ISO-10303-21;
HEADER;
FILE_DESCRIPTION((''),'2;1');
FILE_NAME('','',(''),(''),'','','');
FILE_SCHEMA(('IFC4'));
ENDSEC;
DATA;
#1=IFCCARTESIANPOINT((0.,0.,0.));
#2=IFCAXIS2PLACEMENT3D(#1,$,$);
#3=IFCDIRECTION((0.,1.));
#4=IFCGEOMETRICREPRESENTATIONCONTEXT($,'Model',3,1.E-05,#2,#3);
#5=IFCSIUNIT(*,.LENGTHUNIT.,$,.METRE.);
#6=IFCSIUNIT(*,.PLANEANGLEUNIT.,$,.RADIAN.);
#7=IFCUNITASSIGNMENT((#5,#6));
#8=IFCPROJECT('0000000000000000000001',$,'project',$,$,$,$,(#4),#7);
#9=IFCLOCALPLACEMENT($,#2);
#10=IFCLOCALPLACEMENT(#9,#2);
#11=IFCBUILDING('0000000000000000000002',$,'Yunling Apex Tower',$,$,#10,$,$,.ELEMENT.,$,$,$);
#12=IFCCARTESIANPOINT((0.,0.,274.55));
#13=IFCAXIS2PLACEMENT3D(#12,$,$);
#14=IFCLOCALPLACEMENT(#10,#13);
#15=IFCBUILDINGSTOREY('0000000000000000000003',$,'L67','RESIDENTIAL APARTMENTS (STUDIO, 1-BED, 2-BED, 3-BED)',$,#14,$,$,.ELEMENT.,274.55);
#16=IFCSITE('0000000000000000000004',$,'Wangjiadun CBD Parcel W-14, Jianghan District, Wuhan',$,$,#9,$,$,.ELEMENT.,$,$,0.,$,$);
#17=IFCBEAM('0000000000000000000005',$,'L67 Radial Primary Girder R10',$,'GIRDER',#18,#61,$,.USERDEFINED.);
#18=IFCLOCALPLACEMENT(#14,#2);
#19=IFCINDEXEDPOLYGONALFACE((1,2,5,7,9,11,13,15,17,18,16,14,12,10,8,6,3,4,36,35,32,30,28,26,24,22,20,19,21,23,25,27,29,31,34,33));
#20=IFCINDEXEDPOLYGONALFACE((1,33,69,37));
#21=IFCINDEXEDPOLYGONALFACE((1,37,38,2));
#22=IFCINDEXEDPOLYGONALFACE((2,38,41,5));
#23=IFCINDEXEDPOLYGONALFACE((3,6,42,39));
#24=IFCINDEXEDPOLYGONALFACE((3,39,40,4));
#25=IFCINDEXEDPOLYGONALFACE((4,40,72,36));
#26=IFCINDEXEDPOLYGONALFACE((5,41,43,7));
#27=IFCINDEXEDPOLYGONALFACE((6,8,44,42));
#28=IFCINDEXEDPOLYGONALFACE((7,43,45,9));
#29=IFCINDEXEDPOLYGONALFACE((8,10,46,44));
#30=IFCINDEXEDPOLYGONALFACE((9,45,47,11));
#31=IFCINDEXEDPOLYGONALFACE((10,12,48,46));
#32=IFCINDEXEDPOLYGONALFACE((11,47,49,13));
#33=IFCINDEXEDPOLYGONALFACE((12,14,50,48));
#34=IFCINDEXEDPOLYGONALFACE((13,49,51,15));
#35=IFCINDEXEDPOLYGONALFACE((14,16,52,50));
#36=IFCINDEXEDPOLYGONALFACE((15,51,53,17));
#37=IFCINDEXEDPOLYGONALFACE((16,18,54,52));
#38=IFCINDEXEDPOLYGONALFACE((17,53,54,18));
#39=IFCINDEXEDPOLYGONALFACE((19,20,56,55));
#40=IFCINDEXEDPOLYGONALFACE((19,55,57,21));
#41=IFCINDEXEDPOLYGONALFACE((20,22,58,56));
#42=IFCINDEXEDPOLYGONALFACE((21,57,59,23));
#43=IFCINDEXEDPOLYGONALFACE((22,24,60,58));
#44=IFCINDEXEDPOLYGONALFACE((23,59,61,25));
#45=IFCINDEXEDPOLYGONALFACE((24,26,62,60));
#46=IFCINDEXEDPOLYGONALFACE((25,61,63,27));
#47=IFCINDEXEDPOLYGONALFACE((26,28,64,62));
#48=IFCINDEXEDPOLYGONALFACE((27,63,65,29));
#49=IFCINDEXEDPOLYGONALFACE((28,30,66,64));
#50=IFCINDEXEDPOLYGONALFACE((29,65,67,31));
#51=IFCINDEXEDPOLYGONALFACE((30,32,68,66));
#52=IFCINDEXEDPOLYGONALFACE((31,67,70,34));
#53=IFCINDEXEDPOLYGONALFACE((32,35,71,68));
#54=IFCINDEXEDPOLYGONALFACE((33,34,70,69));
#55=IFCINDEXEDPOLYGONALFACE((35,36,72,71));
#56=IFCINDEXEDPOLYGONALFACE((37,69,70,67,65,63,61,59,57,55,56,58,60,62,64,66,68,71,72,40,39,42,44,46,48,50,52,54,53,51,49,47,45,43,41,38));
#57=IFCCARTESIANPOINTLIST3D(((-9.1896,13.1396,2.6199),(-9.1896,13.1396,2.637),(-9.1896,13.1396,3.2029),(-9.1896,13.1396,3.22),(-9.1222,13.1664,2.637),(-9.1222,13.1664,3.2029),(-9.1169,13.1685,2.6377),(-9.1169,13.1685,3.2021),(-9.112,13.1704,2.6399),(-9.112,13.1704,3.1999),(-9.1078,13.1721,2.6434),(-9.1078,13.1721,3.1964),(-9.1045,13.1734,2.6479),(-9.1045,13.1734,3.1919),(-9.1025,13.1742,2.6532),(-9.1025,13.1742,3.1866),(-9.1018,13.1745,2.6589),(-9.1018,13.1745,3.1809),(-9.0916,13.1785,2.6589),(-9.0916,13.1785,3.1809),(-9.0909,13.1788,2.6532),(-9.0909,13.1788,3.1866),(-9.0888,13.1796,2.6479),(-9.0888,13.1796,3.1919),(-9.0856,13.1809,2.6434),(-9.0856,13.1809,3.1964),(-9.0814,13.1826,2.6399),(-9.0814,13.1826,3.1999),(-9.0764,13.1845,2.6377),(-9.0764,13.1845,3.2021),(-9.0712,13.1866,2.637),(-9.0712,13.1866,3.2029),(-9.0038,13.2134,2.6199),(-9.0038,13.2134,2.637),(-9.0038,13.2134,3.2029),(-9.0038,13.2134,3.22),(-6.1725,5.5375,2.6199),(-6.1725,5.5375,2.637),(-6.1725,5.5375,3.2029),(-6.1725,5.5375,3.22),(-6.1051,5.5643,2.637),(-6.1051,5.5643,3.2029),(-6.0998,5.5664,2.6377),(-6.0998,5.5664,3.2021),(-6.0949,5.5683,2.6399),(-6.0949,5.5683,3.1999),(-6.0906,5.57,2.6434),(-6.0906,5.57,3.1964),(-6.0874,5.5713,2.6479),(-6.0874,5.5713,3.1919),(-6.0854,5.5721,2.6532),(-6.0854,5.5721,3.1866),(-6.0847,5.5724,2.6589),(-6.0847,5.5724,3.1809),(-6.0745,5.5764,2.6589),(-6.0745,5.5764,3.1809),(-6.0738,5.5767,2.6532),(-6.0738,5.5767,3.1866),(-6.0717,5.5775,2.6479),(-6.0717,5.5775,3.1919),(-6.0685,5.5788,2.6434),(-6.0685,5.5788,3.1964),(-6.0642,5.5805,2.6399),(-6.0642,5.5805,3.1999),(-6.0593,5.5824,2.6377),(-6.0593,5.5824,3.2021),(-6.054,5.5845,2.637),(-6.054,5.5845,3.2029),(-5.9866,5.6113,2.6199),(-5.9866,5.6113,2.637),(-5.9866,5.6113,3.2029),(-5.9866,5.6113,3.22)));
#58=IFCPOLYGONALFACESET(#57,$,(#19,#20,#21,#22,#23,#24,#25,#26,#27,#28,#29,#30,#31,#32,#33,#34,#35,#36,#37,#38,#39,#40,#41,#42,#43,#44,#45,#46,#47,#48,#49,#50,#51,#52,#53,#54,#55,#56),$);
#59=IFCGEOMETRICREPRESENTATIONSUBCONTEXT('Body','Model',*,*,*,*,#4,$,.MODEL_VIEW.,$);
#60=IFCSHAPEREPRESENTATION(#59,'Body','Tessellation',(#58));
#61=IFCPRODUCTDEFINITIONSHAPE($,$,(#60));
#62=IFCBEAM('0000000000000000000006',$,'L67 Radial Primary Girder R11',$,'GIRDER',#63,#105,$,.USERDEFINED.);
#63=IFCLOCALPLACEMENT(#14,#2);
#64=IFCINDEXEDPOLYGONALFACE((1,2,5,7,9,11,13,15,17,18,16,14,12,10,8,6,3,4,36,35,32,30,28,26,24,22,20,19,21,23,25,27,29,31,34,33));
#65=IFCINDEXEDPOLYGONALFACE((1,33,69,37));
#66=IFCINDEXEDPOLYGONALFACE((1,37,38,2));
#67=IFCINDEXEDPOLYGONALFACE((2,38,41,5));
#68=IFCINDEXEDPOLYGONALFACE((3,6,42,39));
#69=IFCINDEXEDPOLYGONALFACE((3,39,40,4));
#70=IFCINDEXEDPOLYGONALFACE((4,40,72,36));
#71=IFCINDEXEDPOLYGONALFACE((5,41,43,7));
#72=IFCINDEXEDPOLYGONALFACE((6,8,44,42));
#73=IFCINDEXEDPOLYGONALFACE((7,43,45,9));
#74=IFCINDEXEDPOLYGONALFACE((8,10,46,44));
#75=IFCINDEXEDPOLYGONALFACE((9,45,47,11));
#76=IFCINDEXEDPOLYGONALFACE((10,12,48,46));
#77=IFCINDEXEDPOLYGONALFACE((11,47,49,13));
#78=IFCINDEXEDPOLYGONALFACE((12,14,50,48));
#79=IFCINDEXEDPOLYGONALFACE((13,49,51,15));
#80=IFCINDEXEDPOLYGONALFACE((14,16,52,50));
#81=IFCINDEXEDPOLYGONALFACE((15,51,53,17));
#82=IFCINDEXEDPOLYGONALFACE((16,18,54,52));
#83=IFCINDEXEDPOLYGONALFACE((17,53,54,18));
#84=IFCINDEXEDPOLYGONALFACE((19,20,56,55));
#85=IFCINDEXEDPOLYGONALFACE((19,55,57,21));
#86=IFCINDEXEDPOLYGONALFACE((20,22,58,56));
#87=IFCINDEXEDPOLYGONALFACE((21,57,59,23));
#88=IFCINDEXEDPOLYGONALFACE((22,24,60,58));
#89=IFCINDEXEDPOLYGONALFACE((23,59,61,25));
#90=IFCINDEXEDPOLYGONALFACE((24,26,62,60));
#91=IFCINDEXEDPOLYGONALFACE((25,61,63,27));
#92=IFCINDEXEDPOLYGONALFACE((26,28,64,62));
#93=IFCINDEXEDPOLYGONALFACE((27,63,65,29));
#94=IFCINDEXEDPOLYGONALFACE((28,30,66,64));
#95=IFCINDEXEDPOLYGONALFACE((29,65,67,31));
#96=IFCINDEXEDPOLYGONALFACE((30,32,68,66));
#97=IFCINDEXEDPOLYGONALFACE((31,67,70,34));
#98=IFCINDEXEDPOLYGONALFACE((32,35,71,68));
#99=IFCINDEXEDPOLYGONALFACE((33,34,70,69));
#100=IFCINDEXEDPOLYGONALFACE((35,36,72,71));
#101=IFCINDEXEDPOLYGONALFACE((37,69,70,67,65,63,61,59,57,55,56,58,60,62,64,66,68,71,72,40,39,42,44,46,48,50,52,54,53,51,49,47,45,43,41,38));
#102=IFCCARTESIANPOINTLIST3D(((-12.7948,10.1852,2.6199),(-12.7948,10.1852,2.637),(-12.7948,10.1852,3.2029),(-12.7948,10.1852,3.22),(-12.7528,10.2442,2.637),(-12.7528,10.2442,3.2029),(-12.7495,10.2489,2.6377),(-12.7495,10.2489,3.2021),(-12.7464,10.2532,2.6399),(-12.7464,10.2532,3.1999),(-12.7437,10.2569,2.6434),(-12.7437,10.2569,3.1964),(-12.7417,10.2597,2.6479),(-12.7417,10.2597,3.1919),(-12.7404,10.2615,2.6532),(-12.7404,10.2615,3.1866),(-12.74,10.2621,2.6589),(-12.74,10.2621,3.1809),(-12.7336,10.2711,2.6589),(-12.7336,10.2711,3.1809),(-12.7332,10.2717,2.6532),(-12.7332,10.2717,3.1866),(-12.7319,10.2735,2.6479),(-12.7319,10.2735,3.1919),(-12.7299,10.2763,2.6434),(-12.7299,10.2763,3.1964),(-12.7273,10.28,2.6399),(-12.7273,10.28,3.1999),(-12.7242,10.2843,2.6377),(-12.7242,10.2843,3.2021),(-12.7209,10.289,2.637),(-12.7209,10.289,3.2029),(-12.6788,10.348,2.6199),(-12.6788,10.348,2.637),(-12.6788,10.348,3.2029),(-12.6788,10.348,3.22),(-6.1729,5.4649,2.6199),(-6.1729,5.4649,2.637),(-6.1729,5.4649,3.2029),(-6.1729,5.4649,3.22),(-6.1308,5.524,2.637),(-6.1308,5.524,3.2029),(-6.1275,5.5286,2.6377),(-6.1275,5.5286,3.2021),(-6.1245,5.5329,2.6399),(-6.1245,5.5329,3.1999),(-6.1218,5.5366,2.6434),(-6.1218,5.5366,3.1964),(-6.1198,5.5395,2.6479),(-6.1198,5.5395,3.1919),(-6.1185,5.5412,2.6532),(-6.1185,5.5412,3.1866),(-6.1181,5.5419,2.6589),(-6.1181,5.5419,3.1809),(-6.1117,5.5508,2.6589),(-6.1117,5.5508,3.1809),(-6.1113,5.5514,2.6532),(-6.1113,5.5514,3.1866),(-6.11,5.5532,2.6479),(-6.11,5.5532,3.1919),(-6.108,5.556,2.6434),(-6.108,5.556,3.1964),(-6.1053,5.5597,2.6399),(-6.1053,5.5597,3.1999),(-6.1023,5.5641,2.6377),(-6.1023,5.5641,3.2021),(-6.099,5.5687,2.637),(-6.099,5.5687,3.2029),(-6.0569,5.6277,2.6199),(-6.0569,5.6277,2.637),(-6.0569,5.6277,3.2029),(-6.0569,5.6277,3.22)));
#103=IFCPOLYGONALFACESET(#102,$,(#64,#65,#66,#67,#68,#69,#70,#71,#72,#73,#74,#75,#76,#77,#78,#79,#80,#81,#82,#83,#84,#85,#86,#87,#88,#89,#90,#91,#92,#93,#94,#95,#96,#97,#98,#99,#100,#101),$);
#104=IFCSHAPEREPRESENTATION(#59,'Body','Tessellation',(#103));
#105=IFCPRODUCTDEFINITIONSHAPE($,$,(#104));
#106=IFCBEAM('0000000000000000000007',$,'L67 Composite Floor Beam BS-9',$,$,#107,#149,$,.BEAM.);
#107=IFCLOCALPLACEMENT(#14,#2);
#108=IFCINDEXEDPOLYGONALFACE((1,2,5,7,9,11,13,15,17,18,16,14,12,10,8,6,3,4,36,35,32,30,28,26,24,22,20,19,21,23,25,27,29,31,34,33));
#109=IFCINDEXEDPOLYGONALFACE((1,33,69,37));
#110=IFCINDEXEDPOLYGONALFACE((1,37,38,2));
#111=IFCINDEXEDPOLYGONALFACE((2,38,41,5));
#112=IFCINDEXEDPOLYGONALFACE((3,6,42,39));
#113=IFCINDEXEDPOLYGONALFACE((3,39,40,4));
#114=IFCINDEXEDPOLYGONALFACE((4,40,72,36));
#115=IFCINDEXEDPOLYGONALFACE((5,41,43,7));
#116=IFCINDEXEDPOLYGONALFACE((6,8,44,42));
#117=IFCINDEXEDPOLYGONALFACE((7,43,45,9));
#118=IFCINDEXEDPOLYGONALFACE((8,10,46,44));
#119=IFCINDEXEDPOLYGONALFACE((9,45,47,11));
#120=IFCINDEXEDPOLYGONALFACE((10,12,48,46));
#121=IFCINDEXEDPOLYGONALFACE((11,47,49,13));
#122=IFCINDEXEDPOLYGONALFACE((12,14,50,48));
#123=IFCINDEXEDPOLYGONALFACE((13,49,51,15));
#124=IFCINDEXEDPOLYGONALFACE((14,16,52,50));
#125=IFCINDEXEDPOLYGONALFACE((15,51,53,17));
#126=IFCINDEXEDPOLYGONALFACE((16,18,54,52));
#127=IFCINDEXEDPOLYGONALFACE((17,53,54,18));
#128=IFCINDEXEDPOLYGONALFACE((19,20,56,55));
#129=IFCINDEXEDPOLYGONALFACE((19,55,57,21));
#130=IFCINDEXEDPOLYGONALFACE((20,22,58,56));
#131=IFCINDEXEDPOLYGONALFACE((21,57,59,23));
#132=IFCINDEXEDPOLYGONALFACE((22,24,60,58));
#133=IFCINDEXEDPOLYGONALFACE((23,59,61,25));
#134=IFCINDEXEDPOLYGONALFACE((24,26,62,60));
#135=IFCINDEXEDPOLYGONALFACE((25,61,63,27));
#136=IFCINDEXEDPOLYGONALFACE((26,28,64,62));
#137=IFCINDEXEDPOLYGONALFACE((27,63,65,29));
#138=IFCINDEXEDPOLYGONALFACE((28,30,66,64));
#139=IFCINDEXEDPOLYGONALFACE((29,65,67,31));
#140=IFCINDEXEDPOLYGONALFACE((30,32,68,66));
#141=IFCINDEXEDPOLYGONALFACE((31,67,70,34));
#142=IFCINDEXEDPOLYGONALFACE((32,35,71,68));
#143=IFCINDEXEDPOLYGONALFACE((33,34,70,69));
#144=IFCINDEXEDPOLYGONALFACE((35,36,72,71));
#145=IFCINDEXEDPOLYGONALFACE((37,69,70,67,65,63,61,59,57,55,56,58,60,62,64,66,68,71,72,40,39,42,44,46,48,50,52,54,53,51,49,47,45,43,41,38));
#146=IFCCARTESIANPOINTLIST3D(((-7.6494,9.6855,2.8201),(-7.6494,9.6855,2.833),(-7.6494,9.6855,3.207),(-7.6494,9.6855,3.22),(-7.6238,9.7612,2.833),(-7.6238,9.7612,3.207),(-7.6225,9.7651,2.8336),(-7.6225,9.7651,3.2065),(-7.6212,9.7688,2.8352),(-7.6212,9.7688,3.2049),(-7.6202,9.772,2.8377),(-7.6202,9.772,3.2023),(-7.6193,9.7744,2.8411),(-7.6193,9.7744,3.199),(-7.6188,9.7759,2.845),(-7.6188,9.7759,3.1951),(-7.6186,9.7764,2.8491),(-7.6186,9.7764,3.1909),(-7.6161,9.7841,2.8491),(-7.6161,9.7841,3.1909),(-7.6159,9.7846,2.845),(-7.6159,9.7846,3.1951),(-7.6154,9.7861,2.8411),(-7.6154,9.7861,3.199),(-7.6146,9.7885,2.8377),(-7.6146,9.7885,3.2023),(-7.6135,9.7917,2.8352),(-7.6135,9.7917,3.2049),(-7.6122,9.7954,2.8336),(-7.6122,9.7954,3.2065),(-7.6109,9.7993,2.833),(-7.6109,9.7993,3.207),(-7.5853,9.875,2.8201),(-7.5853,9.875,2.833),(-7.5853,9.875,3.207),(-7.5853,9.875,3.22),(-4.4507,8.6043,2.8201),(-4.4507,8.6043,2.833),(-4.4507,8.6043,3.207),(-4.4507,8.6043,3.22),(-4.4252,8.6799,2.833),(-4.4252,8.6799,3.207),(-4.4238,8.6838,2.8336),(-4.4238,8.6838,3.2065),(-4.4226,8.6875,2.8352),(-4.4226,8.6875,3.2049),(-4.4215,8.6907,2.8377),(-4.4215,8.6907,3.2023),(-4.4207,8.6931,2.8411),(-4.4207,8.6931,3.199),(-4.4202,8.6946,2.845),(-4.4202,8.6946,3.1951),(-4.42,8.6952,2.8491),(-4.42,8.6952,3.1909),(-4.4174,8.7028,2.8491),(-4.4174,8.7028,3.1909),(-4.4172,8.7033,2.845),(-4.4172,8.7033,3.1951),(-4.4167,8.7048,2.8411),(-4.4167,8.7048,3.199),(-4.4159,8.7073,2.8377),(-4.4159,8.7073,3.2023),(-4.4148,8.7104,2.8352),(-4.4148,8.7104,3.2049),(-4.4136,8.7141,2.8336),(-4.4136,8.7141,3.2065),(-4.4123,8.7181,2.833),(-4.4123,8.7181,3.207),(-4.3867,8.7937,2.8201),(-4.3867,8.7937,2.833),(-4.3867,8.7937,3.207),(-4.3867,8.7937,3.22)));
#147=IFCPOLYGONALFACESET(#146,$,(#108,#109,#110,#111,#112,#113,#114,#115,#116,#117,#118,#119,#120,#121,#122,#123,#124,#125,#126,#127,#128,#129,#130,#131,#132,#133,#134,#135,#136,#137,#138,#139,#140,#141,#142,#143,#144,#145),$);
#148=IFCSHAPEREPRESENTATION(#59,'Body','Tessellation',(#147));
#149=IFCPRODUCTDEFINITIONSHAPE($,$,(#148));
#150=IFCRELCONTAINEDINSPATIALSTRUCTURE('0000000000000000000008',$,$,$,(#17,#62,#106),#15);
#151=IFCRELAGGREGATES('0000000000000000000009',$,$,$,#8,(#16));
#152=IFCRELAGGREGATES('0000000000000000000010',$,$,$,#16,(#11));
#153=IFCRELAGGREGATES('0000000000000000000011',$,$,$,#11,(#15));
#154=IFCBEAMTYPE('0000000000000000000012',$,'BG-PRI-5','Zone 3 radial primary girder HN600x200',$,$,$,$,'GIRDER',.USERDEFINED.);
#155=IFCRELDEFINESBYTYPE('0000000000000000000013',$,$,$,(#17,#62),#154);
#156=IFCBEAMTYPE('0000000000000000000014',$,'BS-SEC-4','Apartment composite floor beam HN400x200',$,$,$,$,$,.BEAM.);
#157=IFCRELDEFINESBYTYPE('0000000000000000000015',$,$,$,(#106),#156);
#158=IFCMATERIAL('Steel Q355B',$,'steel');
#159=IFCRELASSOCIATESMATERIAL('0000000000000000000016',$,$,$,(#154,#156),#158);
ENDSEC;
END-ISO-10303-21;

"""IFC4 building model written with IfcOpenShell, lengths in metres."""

from ifc_helpers import new_model, si_unit, direction, frame, origin, origin_2d, place, context, subcontext, project, spatial, i_section, extrude, source, transform, mapped, material, material_profile, profile_set, type_object, element, save


model = new_model("IFC4")

# Units and contexts
model_context = context("Model", 3, precision=1e-05, world=origin(), true_north=direction((0.0, 1.0)))
body_context = subcontext(model_context, "Body", "Model", "MODEL_VIEW")
ifc_project = project(units=[si_unit("LENGTHUNIT", "METRE"), si_unit("PLANEANGLEUNIT", "RADIAN")], contexts=[model_context])

# Site, building, storey
site_placement = place(None, origin())
site = spatial("IfcSite", under=ifc_project, at=site_placement, Name="Wangjiadun CBD Parcel W-14, Jianghan District, Wuhan", CompositionType="ELEMENT", RefElevation=0.0)
building_placement = place(site_placement, origin())
building = spatial("IfcBuilding", under=site, at=building_placement, Name="Yunling Apex Tower", CompositionType="ELEMENT")
storey_placement = place(building_placement, frame((0.0, 0.0, 274.55)))
storey = spatial("IfcBuildingStorey", under=building, at=storey_placement, Name="L67", Description="RESIDENTIAL APARTMENTS (STUDIO, 1-BED, 2-BED, 3-BED)", CompositionType="ELEMENT", Elevation=274.55)

# Shared definitions
ifc_material_1 = material(Name="Steel Q355B", Category="steel")

# Beams
ifc_material_profile_1 = material_profile(ifc_material_1, i_section(OverallWidth=0.2, OverallDepth=0.6001, WebThickness=0.011, FlangeThickness=0.0171, FilletRadius=0.022, at=origin_2d()))
ifc_profile_set_1 = profile_set([ifc_material_profile_1], Name="Steel Q355B")
beam_type_1 = type_object("IfcBeamType", Name="BG-PRI-5", Description="Zone 3 radial primary girder HN600x200", ElementType="GIRDER", PredefinedType="USERDEFINED", material=ifc_profile_set_1)
shared_shape_1 = source(origin(), body_context, "Body", "SweptSolid", [
    extrude(i_section(OverallWidth=0.2, OverallDepth=0.6001, WebThickness=0.011, FlangeThickness=0.0171, FilletRadius=0.022, at=origin_2d()), origin(), (0.0, 0.0, 1.0), 8.179),
])
beam_1_placement = place(storey_placement, frame((-9.0967, 13.1765, 2.9199), z_axis=(0.368888, -0.929474, 0.0), x_axis=(0.929474, 0.368888, 0.0)))
element("IfcBeam", 1, at=beam_1_placement, inside=storey, type_object=beam_type_1, Name="L67 Radial Primary Girder R10", ObjectType="GIRDER", PredefinedType="USERDEFINED", context=body_context, shape_type="MappedRepresentation", body=[
    mapped(shared_shape_1, transform((0.0, 0.0, 0.0), scale=1.0)),
])
shared_shape_2 = source(origin(), body_context, "Body", "SweptSolid", [
    extrude(i_section(OverallWidth=0.2, OverallDepth=0.6001, WebThickness=0.011, FlangeThickness=0.0171, FilletRadius=0.022, at=origin_2d()), origin(), (0.0, 0.0, 1.0), 8.1321),
])
beam_2_placement = place(storey_placement, frame((-12.7368, 10.2666, 2.9199), z_axis=(0.814295, -0.580451, 0.0), x_axis=(0.580451, 0.814295, 0.0)))
element("IfcBeam", 2, at=beam_2_placement, inside=storey, type_object=beam_type_1, Name="L67 Radial Primary Girder R11", ObjectType="GIRDER", PredefinedType="USERDEFINED", context=body_context, shape_type="MappedRepresentation", body=[
    mapped(shared_shape_2, transform((0.0, 0.0, 0.0), scale=1.0)),
])
ifc_material_profile_2 = material_profile(ifc_material_1, i_section(OverallWidth=0.2, OverallDepth=0.3999, WebThickness=0.0081, FlangeThickness=0.0129, FilletRadius=0.0161, at=origin_2d()))
ifc_profile_set_2 = profile_set([ifc_material_profile_2], Name="Steel Q355B")
beam_type_2 = type_object("IfcBeamType", Name="BS-SEC-4", Description="Apartment composite floor beam HN400x200", PredefinedType="BEAM", material=ifc_profile_set_2)
shared_shape_3 = source(origin(), body_context, "Body", "SweptSolid", [
    extrude(i_section(OverallWidth=0.2, OverallDepth=0.3999, WebThickness=0.0081, FlangeThickness=0.0129, FilletRadius=0.0161, at=origin_2d()), origin(), (0.0, 0.0, 1.0), 3.3765),
])
beam_3_placement = place(storey_placement, frame((-4.4187, 8.699, 3.02), z_axis=(-0.947337, 0.320238, 0.0), x_axis=(-0.320238, -0.947337, 0.0)))
element("IfcBeam", 3, at=beam_3_placement, inside=storey, type_object=beam_type_2, Name="L67 Composite Floor Beam BS-9", PredefinedType="BEAM", context=body_context, shape_type="MappedRepresentation", body=[
    mapped(shared_shape_3, transform((0.0, 0.0, 0.0), scale=1.0)),
])

save(model, "model.ifc")
